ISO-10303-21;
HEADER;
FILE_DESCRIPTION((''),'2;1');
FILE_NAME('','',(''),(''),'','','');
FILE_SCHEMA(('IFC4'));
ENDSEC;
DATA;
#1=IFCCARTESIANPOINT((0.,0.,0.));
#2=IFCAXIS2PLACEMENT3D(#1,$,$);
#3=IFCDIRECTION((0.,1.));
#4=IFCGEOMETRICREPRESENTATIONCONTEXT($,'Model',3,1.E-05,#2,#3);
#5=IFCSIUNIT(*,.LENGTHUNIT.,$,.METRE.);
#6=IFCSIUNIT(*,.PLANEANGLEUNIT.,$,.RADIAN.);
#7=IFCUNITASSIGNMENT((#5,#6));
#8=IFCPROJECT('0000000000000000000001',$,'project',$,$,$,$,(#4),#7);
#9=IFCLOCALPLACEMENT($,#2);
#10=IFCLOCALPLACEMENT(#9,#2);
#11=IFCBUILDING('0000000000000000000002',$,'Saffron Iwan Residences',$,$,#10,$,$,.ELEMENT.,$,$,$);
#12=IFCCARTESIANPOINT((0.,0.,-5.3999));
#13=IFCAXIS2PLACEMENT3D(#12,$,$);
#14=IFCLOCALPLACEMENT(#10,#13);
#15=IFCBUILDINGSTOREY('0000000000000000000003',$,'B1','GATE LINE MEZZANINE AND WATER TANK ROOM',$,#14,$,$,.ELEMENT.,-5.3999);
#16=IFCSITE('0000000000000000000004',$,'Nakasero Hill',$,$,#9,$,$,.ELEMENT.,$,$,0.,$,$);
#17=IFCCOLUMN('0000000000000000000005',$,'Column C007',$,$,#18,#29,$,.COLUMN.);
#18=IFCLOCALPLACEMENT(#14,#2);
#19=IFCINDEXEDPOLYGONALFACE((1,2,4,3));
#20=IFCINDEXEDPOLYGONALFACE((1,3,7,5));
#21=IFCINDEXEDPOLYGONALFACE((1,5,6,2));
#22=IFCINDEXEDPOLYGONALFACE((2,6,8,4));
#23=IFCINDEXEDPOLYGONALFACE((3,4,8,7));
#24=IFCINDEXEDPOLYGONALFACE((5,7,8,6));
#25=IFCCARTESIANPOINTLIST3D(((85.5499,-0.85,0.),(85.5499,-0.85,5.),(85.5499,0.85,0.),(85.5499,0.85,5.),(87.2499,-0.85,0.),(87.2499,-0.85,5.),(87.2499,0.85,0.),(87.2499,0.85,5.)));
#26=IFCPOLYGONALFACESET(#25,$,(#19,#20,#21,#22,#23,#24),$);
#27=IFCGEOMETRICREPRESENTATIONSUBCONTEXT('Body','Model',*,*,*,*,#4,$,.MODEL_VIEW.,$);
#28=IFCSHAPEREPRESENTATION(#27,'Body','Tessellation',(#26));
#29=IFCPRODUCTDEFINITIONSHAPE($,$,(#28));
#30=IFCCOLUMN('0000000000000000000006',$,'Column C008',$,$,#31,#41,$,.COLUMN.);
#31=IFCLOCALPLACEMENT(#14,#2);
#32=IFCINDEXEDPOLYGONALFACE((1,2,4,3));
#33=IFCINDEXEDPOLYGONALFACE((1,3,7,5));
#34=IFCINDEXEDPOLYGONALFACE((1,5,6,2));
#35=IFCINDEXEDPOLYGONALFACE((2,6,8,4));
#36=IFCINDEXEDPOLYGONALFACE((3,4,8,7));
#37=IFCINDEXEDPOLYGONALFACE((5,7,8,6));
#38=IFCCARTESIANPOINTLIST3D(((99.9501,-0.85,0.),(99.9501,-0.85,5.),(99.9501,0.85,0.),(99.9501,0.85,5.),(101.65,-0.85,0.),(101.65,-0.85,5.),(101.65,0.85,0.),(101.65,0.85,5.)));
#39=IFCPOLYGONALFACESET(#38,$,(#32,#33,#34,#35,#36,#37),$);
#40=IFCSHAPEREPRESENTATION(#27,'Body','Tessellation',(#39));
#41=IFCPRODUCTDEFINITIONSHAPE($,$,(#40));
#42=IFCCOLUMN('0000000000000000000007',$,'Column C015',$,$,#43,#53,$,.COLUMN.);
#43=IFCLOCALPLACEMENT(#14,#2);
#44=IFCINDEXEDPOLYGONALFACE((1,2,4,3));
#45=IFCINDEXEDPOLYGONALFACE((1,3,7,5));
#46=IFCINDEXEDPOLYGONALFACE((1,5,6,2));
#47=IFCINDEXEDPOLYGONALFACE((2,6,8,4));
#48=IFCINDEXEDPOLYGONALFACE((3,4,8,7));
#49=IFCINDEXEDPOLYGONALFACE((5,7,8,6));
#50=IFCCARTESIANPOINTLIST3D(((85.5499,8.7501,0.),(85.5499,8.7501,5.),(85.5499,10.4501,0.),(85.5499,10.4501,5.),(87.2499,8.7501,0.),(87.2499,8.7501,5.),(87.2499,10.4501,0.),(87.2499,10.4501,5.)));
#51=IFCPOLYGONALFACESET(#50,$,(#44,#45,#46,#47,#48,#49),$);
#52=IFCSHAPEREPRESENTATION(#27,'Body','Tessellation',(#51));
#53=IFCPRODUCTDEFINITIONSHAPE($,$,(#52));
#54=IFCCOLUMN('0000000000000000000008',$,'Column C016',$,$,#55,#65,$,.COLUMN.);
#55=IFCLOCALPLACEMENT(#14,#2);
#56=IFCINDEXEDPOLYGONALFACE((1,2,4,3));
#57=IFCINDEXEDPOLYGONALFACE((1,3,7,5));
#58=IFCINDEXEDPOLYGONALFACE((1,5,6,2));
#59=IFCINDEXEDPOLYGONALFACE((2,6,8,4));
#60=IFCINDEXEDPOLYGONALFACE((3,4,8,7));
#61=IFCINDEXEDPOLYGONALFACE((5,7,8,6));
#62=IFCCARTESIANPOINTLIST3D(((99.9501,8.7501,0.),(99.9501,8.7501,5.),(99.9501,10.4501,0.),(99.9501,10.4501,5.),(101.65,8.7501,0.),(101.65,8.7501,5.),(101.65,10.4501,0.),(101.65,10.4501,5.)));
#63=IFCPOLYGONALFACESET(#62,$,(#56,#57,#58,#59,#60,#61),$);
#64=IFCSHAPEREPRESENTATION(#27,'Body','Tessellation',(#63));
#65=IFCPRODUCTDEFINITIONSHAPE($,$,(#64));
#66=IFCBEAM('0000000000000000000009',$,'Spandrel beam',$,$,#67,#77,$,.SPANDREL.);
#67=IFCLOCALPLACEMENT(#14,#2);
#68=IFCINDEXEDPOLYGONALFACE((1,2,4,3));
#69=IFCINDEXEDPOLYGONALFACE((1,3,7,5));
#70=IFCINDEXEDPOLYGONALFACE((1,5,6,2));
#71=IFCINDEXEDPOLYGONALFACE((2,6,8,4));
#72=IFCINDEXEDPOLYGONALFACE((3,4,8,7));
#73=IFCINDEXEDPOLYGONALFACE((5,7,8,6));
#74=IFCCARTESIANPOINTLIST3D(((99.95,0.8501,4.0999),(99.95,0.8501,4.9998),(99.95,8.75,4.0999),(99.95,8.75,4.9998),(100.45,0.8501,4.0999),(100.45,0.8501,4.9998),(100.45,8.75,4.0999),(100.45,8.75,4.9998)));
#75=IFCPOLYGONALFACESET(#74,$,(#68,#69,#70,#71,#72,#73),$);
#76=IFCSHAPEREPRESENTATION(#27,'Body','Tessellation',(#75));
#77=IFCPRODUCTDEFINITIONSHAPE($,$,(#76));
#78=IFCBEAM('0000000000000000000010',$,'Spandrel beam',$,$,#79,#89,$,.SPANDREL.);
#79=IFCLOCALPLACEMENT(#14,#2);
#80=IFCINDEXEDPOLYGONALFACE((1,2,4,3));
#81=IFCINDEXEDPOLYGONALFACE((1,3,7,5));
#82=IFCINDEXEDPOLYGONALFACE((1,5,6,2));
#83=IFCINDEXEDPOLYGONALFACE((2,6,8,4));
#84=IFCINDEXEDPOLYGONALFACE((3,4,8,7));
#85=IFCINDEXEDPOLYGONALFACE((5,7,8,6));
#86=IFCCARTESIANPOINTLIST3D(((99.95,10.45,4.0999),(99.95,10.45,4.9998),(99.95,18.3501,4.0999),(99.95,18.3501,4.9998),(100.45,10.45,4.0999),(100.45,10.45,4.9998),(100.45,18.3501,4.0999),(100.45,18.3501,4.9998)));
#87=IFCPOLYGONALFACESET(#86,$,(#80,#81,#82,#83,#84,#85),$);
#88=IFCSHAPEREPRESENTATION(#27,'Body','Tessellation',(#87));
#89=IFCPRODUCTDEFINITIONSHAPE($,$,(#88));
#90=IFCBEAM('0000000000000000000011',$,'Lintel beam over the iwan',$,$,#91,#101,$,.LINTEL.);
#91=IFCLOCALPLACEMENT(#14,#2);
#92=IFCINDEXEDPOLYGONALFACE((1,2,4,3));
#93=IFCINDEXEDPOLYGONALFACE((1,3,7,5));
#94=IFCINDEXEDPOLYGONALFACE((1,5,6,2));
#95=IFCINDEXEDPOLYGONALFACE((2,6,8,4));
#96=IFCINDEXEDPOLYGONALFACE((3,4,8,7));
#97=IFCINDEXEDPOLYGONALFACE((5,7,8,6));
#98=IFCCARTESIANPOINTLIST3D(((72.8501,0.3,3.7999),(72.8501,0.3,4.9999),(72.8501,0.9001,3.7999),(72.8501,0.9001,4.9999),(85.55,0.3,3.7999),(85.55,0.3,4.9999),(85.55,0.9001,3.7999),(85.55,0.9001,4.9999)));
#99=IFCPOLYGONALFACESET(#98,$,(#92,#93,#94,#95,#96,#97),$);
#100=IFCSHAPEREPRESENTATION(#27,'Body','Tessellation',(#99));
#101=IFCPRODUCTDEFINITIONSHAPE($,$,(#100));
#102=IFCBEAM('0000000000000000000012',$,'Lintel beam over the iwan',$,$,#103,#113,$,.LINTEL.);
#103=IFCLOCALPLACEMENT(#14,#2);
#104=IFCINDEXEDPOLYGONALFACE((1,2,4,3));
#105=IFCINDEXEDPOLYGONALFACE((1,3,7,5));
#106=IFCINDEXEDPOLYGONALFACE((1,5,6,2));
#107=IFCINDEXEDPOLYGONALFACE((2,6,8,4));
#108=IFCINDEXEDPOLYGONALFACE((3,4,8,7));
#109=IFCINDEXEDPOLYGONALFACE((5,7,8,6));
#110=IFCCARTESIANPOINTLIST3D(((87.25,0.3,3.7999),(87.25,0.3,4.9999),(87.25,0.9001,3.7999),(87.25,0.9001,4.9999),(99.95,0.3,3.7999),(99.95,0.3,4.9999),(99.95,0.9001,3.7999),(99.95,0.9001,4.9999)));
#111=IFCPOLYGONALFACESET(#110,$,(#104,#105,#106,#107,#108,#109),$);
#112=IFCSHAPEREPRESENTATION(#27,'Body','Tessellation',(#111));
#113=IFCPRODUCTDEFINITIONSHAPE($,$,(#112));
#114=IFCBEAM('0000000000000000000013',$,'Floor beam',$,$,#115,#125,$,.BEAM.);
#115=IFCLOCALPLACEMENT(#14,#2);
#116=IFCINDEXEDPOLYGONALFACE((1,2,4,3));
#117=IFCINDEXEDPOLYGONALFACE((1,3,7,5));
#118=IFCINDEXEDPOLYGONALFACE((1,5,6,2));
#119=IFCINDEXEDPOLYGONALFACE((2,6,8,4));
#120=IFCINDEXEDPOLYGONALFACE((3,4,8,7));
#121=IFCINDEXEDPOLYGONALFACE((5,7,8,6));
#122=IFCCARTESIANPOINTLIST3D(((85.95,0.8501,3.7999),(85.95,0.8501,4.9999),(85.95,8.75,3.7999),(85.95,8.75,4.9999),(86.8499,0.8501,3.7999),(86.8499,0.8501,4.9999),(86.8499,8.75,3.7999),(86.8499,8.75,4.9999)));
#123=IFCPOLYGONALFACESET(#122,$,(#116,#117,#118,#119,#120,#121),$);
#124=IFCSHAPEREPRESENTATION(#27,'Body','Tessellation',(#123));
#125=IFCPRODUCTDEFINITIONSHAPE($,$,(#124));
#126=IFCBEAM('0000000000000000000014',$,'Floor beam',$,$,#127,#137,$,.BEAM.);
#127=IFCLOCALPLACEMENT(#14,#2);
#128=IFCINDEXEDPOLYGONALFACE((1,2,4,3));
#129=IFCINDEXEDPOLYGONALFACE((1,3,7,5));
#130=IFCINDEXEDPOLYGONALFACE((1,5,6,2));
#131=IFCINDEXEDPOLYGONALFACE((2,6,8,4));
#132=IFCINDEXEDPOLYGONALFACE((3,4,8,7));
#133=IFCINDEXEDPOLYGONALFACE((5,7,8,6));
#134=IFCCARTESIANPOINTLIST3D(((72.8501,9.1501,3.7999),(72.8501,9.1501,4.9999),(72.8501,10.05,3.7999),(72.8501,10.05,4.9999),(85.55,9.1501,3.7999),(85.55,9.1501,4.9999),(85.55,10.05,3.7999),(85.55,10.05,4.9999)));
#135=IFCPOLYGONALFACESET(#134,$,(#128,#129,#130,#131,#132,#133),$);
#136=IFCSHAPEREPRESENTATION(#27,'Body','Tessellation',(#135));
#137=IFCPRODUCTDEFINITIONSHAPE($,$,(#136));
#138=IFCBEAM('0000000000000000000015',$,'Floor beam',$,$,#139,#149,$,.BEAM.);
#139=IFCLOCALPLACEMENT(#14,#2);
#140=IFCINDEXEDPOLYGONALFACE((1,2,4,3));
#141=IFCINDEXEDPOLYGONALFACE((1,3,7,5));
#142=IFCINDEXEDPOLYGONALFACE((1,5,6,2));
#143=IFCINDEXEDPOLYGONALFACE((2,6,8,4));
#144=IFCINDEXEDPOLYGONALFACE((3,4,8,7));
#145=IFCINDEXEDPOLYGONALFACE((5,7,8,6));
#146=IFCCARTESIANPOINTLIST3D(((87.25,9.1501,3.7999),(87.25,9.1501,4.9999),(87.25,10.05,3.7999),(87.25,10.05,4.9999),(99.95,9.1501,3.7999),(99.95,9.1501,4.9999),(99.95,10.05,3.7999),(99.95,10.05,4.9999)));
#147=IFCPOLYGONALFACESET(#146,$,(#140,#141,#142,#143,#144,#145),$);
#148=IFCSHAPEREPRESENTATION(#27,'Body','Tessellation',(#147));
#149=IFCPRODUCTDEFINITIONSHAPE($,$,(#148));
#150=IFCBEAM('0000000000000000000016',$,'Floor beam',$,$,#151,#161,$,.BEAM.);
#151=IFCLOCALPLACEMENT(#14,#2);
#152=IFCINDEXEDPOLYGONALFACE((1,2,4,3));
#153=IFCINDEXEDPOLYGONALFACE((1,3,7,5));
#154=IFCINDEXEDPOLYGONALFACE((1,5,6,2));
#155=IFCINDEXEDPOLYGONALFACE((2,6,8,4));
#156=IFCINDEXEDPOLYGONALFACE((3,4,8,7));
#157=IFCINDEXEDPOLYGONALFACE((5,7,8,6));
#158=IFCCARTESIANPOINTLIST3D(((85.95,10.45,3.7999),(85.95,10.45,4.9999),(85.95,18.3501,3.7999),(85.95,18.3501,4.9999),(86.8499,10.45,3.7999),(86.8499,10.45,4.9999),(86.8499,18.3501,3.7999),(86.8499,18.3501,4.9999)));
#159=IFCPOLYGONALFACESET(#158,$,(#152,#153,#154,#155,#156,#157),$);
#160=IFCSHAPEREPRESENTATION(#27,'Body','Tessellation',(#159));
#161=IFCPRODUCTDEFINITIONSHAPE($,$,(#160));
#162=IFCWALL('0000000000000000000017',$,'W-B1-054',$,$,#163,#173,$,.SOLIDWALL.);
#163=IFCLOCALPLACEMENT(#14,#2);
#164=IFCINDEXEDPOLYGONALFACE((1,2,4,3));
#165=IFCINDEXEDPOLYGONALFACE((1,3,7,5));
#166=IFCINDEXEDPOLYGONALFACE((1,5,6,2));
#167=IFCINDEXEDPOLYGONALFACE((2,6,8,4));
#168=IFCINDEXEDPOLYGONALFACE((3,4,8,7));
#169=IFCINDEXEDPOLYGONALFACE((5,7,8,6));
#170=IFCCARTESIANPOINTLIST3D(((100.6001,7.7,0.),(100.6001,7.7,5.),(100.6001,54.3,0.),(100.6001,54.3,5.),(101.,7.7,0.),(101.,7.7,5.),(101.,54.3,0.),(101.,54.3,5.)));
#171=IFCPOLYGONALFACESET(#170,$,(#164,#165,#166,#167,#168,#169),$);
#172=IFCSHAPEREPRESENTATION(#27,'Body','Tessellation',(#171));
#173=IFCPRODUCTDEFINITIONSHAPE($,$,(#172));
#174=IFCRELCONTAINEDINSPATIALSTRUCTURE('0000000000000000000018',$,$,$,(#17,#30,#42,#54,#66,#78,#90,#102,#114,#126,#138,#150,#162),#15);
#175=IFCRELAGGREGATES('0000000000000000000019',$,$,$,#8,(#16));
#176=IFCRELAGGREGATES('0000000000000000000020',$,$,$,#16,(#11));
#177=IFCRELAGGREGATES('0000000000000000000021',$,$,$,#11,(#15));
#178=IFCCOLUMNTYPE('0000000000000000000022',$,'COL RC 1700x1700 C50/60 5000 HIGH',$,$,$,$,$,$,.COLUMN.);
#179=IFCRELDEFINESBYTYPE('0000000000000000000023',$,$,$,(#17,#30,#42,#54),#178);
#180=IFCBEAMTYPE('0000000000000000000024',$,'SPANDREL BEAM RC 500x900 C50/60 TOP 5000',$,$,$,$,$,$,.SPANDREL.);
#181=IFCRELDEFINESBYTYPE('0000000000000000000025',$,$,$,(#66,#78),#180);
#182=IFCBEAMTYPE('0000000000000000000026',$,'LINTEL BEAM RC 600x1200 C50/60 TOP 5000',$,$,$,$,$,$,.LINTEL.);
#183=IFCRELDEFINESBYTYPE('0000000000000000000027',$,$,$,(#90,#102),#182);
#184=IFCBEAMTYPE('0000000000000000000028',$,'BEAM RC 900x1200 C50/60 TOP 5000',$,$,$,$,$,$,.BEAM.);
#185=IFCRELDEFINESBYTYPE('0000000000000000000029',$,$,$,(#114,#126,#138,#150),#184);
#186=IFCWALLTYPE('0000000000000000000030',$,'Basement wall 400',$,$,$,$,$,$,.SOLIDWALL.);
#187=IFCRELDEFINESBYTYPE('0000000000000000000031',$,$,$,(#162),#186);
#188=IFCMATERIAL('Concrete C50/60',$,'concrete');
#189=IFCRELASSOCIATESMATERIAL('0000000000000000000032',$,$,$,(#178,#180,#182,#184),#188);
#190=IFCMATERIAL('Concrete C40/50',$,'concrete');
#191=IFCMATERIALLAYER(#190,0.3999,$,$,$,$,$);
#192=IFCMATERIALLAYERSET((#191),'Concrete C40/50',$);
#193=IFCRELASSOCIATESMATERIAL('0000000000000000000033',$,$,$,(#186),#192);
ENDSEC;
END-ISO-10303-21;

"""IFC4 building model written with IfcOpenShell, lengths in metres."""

from ifc_helpers import new_model, si_unit, direction, frame, frame_2d, origin, origin_2d, place, context, subcontext, project, spatial, rectangle, extrude, source, transform, mapped, material, layer, layer_set, material_profile, profile_set, type_object, element, save


model = new_model("IFC4")

# Units and contexts
model_context = context("Model", 3, precision=1e-05, world=origin(), true_north=direction((0.0, 1.0)))
body_context = subcontext(model_context, "Body", "Model", "MODEL_VIEW")
ifc_project = project(units=[si_unit("LENGTHUNIT", "METRE"), si_unit("PLANEANGLEUNIT", "RADIAN")], contexts=[model_context])

# Site, building, storey
site_placement = place(None, origin())
site = spatial("IfcSite", under=ifc_project, at=site_placement, Name="Nakasero Hill", CompositionType="ELEMENT", RefElevation=0.0)
building_placement = place(site_placement, origin())
building = spatial("IfcBuilding", under=site, at=building_placement, Name="Saffron Iwan Residences", CompositionType="ELEMENT")
storey_placement = place(building_placement, frame((0.0, 0.0, -5.3999)))
storey = spatial("IfcBuildingStorey", under=building, at=storey_placement, Name="B1", Description="GATE LINE MEZZANINE AND WATER TANK ROOM", CompositionType="ELEMENT", Elevation=-5.3999)

# Columns
ifc_material_1 = material(Name="Concrete C50/60", Category="concrete")
ifc_material_profile_1 = material_profile(ifc_material_1, rectangle(XDim=1.7, YDim=1.7, at=origin_2d()), Name="RC 1700x1700")
ifc_profile_set_1 = profile_set([ifc_material_profile_1], Name="Concrete C50/60")
column_type = type_object("IfcColumnType", Name="COL RC 1700x1700 C50/60 5000 HIGH", PredefinedType="COLUMN", material=ifc_profile_set_1)
shared_shape_1 = source(origin(), body_context, "Body", "SweptSolid", [
    extrude(rectangle(XDim=1.7, YDim=1.7, at=origin_2d()), origin(), (0.0, 0.0, 1.0), 5.0),
])
for number, where, z_axis, x_axis, name in (
    (1, (86.3999, 0.0, 0.0), (0.0, 0.0, 1.0), (1.0, 0.0, 0.0), "Column C007"),
    (2, (100.8, 0.0, 0.0), (0.0, 0.0, 1.0), (1.0, 0.0, 0.0), "Column C008"),
    (3, (86.3999, 9.6001, 0.0), (0.0, 0.0, 1.0), (1.0, 0.0, 0.0), "Column C015"),
    (4, (100.8, 9.6001, 0.0), (0.0, 0.0, 1.0), (1.0, 0.0, 0.0), "Column C016"),
):
    element("IfcColumn", number, at=place(storey_placement, frame(where, z_axis=z_axis, x_axis=x_axis)), inside=storey, type_object=column_type, Name=name, PredefinedType="COLUMN", context=body_context, shape_type="MappedRepresentation", body=[
        mapped(shared_shape_1, transform((0.0, 0.0, 0.0))),
    ])

# Beams
ifc_material_profile_2 = material_profile(ifc_material_1, rectangle(XDim=0.5, YDim=0.8999, at=origin_2d()), Name="RC 500x900")
ifc_profile_set_2 = profile_set([ifc_material_profile_2], Name="Concrete C50/60")
beam_type_1 = type_object("IfcBeamType", Name="SPANDREL BEAM RC 500x900 C50/60 TOP 5000", PredefinedType="SPANDREL", material=ifc_profile_set_2)
shared_shape_2 = source(origin(), body_context, "Body", "SweptSolid", [
    extrude(rectangle(XDim=0.5, YDim=0.8999, at=origin_2d()), origin(), (0.0, 0.0, 1.0), 7.8999),
])
beam_1_placement = place(storey_placement, frame((100.2, 8.75, 4.5498), z_axis=(0.0, -1.0, 0.0), x_axis=(1.0, 0.0, 0.0)))
element("IfcBeam", 5, at=beam_1_placement, inside=storey, type_object=beam_type_1, Name="Spandrel beam", PredefinedType="SPANDREL", context=body_context, shape_type="MappedRepresentation", body=[
    mapped(shared_shape_2, transform((0.0, 0.0, 0.0))),
])
shared_shape_3 = source(origin(), body_context, "Body", "SweptSolid", [
    extrude(rectangle(XDim=0.5, YDim=0.8999, at=origin_2d()), origin(), (0.0, 0.0, 1.0), 7.9001),
])
beam_2_placement = place(storey_placement, frame((100.2, 18.3501, 4.5498), z_axis=(0.0, -1.0, 0.0), x_axis=(1.0, 0.0, 0.0)))
element("IfcBeam", 6, at=beam_2_placement, inside=storey, type_object=beam_type_1, Name="Spandrel beam", PredefinedType="SPANDREL", context=body_context, shape_type="MappedRepresentation", body=[
    mapped(shared_shape_3, transform((0.0, 0.0, 0.0))),
])
ifc_material_profile_3 = material_profile(ifc_material_1, rectangle(XDim=0.6001, YDim=1.2, at=origin_2d()), Name="RC 600x1200")
ifc_profile_set_3 = profile_set([ifc_material_profile_3], Name="Concrete C50/60")
beam_type_2 = type_object("IfcBeamType", Name="LINTEL BEAM RC 600x1200 C50/60 TOP 5000", PredefinedType="LINTEL", material=ifc_profile_set_3)
shared_shape_4 = source(origin(), body_context, "Body", "SweptSolid", [
    extrude(rectangle(XDim=0.6001, YDim=1.2, at=origin_2d()), origin(), (0.0, 0.0, 1.0), 12.7),
])
for number, where, z_axis, x_axis, name in (
    (7, (85.55, 0.6001, 4.3999), (-1.0, 0.0, 0.0), (0.0, -1.0, 0.0), "Lintel beam over the iwan"),
    (8, (99.95, 0.6001, 4.3999), (-1.0, 0.0, 0.0), (0.0, -1.0, 0.0), "Lintel beam over the iwan"),
):
    element("IfcBeam", number, at=place(storey_placement, frame(where, z_axis=z_axis, x_axis=x_axis)), inside=storey, type_object=beam_type_2, Name=name, PredefinedType="LINTEL", context=body_context, shape_type="MappedRepresentation", body=[
        mapped(shared_shape_4, transform((0.0, 0.0, 0.0))),
    ])
ifc_material_profile_4 = material_profile(ifc_material_1, rectangle(XDim=0.8999, YDim=1.2, at=origin_2d()), Name="RC 900x1200")
ifc_profile_set_4 = profile_set([ifc_material_profile_4], Name="Concrete C50/60")
beam_type_3 = type_object("IfcBeamType", Name="BEAM RC 900x1200 C50/60 TOP 5000", PredefinedType="BEAM", material=ifc_profile_set_4)
shared_shape_5 = source(origin(), body_context, "Body", "SweptSolid", [
    extrude(rectangle(XDim=0.8999, YDim=1.2, at=origin_2d()), origin(), (0.0, 0.0, 1.0), 7.8999),
])
beam_3_placement = place(storey_placement, frame((86.3999, 0.8501, 4.3999), z_axis=(0.0, 1.0, 0.0), x_axis=(-1.0, 0.0, 0.0)))
element("IfcBeam", 9, at=beam_3_placement, inside=storey, type_object=beam_type_3, Name="Floor beam", PredefinedType="BEAM", context=body_context, shape_type="MappedRepresentation", body=[
    mapped(shared_shape_5, transform((0.0, 0.0, 0.0))),
])
shared_shape_6 = source(origin(), body_context, "Body", "SweptSolid", [
    extrude(rectangle(XDim=0.8999, YDim=1.2, at=origin_2d()), origin(), (0.0, 0.0, 1.0), 12.7),
])
for number, where, z_axis, x_axis, name in (
    (10, (72.8501, 9.6001, 4.3999), (1.0, 0.0, 0.0), (0.0, 1.0, 0.0), "Floor beam"),
    (11, (87.25, 9.6001, 4.3999), (1.0, 0.0, 0.0), (0.0, 1.0, 0.0), "Floor beam"),
):
    element("IfcBeam", number, at=place(storey_placement, frame(where, z_axis=z_axis, x_axis=x_axis)), inside=storey, type_object=beam_type_3, Name=name, PredefinedType="BEAM", context=body_context, shape_type="MappedRepresentation", body=[
        mapped(shared_shape_6, transform((0.0, 0.0, 0.0))),
    ])
shared_shape_7 = source(origin(), body_context, "Body", "SweptSolid", [
    extrude(rectangle(XDim=0.8999, YDim=1.2, at=origin_2d()), origin(), (0.0, 0.0, 1.0), 7.9001),
])
beam_4_placement = place(storey_placement, frame((86.3999, 10.45, 4.3999), z_axis=(0.0, 1.0, 0.0), x_axis=(-1.0, 0.0, 0.0)))
element("IfcBeam", 12, at=beam_4_placement, inside=storey, type_object=beam_type_3, Name="Floor beam", PredefinedType="BEAM", context=body_context, shape_type="MappedRepresentation", body=[
    mapped(shared_shape_7, transform((0.0, 0.0, 0.0))),
])

# Wall
ifc_material_2 = material(Name="Concrete C40/50", Category="concrete")
ifc_layer_1 = layer(ifc_material_2, 0.3999)
ifc_layer_set_1 = layer_set([ifc_layer_1], Name="Concrete C40/50")
wall_type_1 = type_object("IfcWallType", Name="Basement wall 400", PredefinedType="SOLIDWALL", material=ifc_layer_set_1)
wall_1_placement = place(storey_placement, frame((100.8, 7.7, 0.0), z_axis=(0.0, 0.0, 1.0), x_axis=(0.0, 1.0, 0.0)))
element("IfcWall", 13, at=wall_1_placement, inside=storey, type_object=wall_type_1, Name="W-B1-054", PredefinedType="SOLIDWALL", context=body_context, shape_type="SweptSolid", body=[
    extrude(rectangle(XDim=46.6001, YDim=0.3999, at=frame_2d((23.3, 0.0))), origin(), (0.0, 0.0, 1.0), 5.0),
])

save(model, "model.ifc")
